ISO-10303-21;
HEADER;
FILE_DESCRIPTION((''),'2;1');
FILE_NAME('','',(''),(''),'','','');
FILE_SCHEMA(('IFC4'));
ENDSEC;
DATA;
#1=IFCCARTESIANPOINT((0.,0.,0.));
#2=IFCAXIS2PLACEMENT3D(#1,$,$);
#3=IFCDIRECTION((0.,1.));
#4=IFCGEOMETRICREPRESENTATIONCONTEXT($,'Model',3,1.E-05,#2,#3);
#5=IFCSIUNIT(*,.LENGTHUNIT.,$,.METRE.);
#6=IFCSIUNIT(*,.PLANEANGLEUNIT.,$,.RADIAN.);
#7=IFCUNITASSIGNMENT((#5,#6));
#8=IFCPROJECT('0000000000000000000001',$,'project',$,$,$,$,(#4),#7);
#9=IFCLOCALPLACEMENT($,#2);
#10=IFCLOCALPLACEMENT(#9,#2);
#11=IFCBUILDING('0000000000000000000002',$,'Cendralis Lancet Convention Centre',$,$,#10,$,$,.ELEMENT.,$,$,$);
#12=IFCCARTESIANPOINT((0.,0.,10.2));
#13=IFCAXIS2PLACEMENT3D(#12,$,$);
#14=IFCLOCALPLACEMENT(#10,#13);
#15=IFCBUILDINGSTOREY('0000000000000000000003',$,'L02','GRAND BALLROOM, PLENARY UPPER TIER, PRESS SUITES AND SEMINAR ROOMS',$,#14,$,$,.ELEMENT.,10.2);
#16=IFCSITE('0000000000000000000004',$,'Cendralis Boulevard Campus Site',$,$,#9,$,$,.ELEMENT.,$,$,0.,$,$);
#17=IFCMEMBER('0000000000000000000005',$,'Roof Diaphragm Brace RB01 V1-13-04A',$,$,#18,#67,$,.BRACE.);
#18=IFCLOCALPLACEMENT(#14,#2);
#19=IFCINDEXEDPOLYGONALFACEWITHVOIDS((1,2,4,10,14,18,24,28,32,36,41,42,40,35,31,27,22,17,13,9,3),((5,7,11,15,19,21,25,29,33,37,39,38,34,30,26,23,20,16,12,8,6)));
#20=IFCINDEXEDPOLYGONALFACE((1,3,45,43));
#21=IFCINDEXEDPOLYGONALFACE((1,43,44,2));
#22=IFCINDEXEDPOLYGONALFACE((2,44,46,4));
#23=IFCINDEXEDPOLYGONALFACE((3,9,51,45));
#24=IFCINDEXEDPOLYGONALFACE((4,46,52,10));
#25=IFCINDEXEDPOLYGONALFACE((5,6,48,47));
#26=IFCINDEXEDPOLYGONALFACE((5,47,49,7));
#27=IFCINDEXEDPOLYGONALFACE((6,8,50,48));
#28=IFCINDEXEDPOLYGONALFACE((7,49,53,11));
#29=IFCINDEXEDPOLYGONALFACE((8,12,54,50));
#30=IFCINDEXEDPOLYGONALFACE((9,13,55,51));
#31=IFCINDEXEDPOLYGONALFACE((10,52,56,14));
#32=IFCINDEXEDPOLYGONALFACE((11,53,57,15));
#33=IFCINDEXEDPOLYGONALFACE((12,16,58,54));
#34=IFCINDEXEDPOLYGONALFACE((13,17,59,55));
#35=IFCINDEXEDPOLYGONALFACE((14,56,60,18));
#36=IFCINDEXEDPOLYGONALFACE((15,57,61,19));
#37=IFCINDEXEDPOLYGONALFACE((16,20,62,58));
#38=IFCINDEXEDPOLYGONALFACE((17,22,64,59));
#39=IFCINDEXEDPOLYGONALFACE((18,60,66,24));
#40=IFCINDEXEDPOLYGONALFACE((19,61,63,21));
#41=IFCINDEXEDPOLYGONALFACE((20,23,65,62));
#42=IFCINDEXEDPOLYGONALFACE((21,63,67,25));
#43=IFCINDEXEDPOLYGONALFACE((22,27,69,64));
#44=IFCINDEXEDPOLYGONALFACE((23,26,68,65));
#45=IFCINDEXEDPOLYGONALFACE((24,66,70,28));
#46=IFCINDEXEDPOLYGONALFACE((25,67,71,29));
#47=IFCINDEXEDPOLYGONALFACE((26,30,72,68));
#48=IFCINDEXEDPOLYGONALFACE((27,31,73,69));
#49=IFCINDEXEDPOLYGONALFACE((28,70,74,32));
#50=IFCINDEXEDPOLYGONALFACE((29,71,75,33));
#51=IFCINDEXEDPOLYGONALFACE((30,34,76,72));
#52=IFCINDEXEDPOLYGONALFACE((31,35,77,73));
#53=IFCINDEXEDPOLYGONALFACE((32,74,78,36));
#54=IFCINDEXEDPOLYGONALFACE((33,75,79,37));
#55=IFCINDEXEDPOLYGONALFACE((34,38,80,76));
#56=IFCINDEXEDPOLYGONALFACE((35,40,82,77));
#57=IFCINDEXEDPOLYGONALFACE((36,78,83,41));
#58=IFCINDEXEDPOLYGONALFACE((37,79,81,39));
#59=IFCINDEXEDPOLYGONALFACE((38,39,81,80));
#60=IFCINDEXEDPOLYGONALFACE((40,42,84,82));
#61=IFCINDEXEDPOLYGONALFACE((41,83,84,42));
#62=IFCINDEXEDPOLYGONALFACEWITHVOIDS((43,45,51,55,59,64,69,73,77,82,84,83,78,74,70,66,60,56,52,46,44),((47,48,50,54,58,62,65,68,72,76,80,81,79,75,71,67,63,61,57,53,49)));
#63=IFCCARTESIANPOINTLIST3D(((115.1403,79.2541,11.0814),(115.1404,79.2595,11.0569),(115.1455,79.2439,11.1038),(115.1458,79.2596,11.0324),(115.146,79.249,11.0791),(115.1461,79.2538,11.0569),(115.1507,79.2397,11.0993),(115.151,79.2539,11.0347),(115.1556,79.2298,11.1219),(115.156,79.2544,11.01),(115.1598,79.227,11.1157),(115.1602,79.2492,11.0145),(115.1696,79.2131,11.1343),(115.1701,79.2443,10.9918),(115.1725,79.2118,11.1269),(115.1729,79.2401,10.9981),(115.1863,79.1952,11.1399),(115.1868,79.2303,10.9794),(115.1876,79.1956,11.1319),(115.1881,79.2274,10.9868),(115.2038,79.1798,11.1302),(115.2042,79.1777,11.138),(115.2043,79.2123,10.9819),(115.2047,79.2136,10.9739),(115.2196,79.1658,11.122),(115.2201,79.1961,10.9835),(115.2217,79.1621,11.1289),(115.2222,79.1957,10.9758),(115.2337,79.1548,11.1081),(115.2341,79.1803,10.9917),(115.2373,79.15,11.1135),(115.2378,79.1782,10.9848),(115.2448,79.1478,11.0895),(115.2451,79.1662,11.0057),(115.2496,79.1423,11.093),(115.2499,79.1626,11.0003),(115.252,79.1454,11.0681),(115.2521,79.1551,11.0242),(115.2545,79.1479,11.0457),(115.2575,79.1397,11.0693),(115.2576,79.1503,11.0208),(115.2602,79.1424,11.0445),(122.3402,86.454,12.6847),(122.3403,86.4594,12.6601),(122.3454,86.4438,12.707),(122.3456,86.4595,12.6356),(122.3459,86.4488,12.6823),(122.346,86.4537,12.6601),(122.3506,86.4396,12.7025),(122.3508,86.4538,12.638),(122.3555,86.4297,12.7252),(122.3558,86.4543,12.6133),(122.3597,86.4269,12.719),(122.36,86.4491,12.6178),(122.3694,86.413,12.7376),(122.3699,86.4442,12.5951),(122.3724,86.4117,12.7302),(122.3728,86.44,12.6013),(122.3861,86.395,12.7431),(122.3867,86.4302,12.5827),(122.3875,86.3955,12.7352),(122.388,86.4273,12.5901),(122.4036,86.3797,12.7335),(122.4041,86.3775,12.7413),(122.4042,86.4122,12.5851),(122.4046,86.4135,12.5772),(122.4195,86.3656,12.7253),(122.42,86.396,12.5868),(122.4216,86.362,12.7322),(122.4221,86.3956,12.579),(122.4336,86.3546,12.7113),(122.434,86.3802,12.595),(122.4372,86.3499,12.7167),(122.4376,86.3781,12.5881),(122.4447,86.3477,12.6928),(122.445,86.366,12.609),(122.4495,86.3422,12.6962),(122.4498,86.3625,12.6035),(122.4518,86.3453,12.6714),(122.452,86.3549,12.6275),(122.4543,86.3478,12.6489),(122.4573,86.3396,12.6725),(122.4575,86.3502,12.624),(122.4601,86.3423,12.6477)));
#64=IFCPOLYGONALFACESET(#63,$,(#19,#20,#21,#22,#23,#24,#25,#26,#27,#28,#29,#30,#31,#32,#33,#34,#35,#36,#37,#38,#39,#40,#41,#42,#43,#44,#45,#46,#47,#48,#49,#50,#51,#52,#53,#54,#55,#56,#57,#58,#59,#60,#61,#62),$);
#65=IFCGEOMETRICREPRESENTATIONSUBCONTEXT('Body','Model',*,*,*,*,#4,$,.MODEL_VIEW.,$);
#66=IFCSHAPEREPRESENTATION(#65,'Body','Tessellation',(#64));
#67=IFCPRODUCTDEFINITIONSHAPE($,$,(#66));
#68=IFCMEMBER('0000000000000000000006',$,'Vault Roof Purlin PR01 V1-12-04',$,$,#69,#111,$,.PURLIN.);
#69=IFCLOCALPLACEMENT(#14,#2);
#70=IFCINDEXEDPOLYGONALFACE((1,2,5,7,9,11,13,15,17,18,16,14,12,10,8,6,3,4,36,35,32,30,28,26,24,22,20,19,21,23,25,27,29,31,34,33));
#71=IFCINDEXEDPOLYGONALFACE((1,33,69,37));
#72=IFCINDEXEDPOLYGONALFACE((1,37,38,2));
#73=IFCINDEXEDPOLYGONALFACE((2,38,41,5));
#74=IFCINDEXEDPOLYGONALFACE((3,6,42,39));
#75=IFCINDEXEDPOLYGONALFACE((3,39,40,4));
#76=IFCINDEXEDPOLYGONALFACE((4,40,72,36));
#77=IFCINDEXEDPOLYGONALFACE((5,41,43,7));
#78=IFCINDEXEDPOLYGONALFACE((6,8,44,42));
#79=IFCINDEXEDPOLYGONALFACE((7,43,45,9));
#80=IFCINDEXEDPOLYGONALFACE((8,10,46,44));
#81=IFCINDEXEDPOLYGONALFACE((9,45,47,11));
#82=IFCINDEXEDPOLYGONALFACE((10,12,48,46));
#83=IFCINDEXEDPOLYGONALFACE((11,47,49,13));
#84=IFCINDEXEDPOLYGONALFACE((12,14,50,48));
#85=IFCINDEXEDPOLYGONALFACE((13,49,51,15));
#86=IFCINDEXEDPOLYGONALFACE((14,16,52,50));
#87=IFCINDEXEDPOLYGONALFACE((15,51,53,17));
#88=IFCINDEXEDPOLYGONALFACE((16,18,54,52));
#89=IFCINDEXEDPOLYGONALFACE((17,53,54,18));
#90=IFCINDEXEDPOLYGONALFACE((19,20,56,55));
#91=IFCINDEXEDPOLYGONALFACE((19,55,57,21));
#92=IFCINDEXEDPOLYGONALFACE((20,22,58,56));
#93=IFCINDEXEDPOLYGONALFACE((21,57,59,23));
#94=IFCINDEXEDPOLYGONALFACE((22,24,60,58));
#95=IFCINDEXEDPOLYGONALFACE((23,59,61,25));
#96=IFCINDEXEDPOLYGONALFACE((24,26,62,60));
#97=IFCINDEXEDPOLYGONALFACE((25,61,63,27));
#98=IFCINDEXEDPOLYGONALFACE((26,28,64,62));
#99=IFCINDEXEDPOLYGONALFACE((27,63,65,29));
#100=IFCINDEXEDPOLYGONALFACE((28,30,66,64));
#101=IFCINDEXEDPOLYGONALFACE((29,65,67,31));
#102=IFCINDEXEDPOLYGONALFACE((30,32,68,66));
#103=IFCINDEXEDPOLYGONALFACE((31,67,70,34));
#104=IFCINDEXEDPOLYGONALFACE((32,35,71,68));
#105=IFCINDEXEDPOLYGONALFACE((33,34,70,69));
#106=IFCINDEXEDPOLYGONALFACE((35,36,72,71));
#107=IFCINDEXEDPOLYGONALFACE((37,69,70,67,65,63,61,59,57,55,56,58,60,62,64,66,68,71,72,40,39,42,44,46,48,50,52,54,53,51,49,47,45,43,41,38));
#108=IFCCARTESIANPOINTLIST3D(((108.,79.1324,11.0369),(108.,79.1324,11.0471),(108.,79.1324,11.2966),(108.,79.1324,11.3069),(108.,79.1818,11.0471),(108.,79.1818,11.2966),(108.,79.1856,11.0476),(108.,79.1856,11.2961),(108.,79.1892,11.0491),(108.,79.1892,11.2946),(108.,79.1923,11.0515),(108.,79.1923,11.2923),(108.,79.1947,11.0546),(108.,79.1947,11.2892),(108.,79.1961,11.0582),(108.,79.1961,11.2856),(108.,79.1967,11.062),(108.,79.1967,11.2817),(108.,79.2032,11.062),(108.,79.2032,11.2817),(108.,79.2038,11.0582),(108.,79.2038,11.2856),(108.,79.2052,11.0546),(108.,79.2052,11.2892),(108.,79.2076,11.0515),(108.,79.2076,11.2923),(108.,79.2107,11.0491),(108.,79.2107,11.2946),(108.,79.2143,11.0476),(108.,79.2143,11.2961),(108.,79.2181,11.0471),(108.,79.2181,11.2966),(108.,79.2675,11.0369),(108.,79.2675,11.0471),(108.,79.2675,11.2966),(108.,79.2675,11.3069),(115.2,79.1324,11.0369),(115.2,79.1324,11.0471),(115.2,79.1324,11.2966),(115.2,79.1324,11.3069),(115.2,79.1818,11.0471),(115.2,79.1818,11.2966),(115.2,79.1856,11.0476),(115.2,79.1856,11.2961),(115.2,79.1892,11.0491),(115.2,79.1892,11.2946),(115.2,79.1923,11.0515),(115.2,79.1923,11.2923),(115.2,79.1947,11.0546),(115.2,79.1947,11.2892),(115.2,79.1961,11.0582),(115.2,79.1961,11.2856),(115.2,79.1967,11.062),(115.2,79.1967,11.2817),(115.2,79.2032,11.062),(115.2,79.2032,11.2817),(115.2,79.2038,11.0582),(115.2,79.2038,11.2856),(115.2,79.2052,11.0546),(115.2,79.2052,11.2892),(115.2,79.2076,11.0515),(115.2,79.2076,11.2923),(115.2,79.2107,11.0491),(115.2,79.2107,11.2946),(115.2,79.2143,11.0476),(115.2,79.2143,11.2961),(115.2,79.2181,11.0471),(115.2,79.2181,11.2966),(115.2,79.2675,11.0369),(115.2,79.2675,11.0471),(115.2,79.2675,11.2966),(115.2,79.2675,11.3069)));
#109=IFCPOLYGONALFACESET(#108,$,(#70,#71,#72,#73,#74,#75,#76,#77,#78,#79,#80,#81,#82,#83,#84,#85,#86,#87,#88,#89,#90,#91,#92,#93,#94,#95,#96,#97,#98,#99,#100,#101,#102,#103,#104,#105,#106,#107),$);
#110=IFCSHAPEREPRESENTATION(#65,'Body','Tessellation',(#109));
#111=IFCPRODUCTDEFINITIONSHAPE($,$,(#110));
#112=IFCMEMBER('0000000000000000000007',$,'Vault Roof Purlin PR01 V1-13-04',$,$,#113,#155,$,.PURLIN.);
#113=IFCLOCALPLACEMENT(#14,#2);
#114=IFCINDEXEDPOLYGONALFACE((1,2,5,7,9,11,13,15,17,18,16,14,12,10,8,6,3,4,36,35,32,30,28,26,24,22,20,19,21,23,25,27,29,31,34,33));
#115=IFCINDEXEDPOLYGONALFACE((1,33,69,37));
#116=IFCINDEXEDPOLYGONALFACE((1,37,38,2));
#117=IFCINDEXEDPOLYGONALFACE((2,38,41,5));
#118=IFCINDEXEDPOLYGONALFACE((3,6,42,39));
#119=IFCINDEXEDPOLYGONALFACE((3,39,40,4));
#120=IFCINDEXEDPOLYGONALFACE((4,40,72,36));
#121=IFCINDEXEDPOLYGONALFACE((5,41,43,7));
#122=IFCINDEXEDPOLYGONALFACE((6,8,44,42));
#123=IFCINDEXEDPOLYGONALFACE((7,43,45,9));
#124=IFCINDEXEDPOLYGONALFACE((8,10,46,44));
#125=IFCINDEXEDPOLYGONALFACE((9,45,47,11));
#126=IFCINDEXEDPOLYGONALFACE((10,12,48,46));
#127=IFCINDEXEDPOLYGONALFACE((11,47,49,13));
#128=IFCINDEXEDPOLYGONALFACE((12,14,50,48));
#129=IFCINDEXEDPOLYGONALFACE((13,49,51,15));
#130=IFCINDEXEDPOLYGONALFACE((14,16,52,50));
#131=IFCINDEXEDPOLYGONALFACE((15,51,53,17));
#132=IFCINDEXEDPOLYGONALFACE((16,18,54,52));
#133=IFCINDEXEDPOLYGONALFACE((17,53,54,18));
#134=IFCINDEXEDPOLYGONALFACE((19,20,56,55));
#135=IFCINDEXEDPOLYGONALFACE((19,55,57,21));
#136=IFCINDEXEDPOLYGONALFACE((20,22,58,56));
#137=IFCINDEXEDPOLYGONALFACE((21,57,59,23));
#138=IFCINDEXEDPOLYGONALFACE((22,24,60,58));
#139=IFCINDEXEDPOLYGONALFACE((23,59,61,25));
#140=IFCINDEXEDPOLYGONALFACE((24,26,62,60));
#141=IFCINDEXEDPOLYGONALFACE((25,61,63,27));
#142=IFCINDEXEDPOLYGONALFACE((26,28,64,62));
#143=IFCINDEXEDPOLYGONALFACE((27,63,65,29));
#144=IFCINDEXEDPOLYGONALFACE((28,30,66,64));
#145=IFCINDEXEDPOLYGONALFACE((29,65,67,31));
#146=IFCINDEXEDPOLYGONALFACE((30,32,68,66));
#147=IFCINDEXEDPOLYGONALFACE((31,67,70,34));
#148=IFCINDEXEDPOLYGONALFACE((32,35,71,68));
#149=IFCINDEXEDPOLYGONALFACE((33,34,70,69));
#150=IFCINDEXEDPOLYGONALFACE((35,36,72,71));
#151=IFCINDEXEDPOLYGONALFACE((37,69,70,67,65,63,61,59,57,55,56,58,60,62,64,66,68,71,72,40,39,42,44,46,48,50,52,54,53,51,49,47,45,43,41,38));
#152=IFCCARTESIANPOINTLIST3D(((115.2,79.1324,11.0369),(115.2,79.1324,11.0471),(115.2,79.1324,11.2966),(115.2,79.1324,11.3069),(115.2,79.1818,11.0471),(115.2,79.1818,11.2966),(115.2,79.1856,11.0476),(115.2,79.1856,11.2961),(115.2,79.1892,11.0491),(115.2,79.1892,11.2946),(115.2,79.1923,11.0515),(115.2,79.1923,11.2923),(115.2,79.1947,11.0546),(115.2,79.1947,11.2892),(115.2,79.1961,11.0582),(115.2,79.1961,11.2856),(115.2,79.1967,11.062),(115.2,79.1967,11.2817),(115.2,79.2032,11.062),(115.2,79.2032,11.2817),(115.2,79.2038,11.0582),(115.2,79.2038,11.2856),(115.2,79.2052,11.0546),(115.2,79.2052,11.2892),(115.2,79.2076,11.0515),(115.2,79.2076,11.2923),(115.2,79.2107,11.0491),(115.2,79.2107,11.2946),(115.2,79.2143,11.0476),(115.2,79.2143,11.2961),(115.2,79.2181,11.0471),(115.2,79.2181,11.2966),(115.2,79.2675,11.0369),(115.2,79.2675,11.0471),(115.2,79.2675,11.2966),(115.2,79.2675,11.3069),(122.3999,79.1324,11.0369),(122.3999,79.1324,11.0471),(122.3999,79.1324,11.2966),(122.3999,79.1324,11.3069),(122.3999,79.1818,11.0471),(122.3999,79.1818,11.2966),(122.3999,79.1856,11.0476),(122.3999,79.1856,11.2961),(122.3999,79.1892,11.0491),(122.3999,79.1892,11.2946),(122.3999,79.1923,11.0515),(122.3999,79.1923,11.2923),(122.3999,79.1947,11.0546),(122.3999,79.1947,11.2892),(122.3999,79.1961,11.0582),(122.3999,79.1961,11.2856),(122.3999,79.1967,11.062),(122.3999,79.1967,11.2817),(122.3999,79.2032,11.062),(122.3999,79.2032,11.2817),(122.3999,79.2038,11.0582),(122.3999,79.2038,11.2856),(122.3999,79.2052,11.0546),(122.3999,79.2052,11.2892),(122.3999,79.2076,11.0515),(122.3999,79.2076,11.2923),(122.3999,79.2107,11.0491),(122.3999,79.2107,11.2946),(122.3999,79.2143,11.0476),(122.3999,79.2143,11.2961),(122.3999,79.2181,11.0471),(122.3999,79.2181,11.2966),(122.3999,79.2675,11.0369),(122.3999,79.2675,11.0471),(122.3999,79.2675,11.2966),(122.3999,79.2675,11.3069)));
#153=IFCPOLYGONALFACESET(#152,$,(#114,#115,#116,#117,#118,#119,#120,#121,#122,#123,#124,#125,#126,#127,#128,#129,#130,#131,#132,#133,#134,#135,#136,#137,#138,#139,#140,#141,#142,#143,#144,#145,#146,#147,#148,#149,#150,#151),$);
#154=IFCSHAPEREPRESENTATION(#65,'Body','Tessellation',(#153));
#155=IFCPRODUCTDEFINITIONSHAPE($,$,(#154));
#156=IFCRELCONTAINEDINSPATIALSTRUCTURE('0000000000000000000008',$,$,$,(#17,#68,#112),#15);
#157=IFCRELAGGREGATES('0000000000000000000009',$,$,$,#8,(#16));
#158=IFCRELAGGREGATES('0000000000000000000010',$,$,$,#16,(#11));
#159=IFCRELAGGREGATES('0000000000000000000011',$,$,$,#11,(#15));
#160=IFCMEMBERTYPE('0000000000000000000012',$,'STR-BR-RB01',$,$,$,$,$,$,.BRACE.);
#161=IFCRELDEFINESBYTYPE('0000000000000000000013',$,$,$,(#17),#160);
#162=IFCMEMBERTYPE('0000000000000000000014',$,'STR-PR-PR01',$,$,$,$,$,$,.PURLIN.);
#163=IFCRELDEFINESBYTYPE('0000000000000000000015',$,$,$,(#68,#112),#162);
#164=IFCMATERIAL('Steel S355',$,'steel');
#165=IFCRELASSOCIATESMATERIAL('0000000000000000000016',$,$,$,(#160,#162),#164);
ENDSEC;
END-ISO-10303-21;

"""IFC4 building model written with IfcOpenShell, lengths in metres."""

from ifc_helpers import new_model, si_unit, direction, frame, origin, origin_2d, place, context, subcontext, project, spatial, hollow_circle, i_section, extrude, material, material_profile, profile_set, type_object, element, save


model = new_model("IFC4")

# Units and contexts
model_context = context("Model", 3, precision=1e-05, world=origin(), true_north=direction((0.0, 1.0)))
body_context = subcontext(model_context, "Body", "Model", "MODEL_VIEW")
ifc_project = project(units=[si_unit("LENGTHUNIT", "METRE"), si_unit("PLANEANGLEUNIT", "RADIAN")], contexts=[model_context])

# Site, building, storey
site_placement = place(None, origin())
site = spatial("IfcSite", under=ifc_project, at=site_placement, Name="Cendralis Boulevard Campus Site", CompositionType="ELEMENT", RefElevation=0.0)
building_placement = place(site_placement, origin())
building = spatial("IfcBuilding", under=site, at=building_placement, Name="Cendralis Lancet Convention Centre", CompositionType="ELEMENT")
storey_placement = place(building_placement, frame((0.0, 0.0, 10.2)))
storey = spatial("IfcBuildingStorey", under=building, at=storey_placement, Name="L02", Description="GRAND BALLROOM, PLENARY UPPER TIER, PRESS SUITES AND SEMINAR ROOMS", CompositionType="ELEMENT", Elevation=10.2)

# Members
ifc_material = material(Name="Steel S355", Category="steel")
ifc_material_profile_1 = material_profile(ifc_material, hollow_circle(Radius=0.0842, WallThickness=0.0081, at=origin_2d()), Name="CHS 168.3x8.0")
ifc_profile_set_1 = profile_set([ifc_material_profile_1], Name="Steel S355")
member_type_1 = type_object("IfcMemberType", Name="STR-BR-RB01", PredefinedType="BRACE", material=ifc_profile_set_1)
member_1_placement = place(storey_placement, frame((115.2, 79.2, 11.0569), z_axis=(0.698501, 0.698501, 0.155541), x_axis=(-0.707107, 0.707107, 0.0)))
element("IfcMember", 1, at=member_1_placement, inside=storey, type_object=member_type_1, Name="Roof Diaphragm Brace RB01 V1-13-04A", PredefinedType="BRACE", context=body_context, shape_type="SweptSolid", body=[
    extrude(hollow_circle(Radius=0.0842, WallThickness=0.0081, at=origin_2d()), origin(), (0.0, 0.0, 1.0), 10.3076),
])
ifc_material_profile_2 = material_profile(ifc_material, i_section(OverallWidth=0.135, OverallDepth=0.27, WebThickness=0.0066, FlangeThickness=0.0103, FilletRadius=0.0149, at=origin_2d()), Name="IPE 270")
ifc_profile_set_2 = profile_set([ifc_material_profile_2], Name="Steel S355")
member_type_2 = type_object("IfcMemberType", Name="STR-PR-PR01", PredefinedType="PURLIN", material=ifc_profile_set_2)
for number, where, z_axis, x_axis, name in (
    (2, (108.0, 79.2, 11.1719), (1.0, 0.0, 0.0), (0.0, 1.0, 0.0), "Vault Roof Purlin PR01 V1-12-04"),
    (3, (115.2, 79.2, 11.1719), (1.0, 0.0, 0.0), (0.0, 1.0, 0.0), "Vault Roof Purlin PR01 V1-13-04"),
):
    element("IfcMember", number, at=place(storey_placement, frame(where, z_axis=z_axis, x_axis=x_axis)), inside=storey, type_object=member_type_2, Name=name, PredefinedType="PURLIN", context=body_context, shape_type="SweptSolid", body=[
        extrude(i_section(OverallWidth=0.135, OverallDepth=0.27, WebThickness=0.0066, FlangeThickness=0.0103, FilletRadius=0.0149, at=origin_2d()), origin(), (0.0, 0.0, 1.0), 7.2),
    ])

save(model, "model.ifc")
